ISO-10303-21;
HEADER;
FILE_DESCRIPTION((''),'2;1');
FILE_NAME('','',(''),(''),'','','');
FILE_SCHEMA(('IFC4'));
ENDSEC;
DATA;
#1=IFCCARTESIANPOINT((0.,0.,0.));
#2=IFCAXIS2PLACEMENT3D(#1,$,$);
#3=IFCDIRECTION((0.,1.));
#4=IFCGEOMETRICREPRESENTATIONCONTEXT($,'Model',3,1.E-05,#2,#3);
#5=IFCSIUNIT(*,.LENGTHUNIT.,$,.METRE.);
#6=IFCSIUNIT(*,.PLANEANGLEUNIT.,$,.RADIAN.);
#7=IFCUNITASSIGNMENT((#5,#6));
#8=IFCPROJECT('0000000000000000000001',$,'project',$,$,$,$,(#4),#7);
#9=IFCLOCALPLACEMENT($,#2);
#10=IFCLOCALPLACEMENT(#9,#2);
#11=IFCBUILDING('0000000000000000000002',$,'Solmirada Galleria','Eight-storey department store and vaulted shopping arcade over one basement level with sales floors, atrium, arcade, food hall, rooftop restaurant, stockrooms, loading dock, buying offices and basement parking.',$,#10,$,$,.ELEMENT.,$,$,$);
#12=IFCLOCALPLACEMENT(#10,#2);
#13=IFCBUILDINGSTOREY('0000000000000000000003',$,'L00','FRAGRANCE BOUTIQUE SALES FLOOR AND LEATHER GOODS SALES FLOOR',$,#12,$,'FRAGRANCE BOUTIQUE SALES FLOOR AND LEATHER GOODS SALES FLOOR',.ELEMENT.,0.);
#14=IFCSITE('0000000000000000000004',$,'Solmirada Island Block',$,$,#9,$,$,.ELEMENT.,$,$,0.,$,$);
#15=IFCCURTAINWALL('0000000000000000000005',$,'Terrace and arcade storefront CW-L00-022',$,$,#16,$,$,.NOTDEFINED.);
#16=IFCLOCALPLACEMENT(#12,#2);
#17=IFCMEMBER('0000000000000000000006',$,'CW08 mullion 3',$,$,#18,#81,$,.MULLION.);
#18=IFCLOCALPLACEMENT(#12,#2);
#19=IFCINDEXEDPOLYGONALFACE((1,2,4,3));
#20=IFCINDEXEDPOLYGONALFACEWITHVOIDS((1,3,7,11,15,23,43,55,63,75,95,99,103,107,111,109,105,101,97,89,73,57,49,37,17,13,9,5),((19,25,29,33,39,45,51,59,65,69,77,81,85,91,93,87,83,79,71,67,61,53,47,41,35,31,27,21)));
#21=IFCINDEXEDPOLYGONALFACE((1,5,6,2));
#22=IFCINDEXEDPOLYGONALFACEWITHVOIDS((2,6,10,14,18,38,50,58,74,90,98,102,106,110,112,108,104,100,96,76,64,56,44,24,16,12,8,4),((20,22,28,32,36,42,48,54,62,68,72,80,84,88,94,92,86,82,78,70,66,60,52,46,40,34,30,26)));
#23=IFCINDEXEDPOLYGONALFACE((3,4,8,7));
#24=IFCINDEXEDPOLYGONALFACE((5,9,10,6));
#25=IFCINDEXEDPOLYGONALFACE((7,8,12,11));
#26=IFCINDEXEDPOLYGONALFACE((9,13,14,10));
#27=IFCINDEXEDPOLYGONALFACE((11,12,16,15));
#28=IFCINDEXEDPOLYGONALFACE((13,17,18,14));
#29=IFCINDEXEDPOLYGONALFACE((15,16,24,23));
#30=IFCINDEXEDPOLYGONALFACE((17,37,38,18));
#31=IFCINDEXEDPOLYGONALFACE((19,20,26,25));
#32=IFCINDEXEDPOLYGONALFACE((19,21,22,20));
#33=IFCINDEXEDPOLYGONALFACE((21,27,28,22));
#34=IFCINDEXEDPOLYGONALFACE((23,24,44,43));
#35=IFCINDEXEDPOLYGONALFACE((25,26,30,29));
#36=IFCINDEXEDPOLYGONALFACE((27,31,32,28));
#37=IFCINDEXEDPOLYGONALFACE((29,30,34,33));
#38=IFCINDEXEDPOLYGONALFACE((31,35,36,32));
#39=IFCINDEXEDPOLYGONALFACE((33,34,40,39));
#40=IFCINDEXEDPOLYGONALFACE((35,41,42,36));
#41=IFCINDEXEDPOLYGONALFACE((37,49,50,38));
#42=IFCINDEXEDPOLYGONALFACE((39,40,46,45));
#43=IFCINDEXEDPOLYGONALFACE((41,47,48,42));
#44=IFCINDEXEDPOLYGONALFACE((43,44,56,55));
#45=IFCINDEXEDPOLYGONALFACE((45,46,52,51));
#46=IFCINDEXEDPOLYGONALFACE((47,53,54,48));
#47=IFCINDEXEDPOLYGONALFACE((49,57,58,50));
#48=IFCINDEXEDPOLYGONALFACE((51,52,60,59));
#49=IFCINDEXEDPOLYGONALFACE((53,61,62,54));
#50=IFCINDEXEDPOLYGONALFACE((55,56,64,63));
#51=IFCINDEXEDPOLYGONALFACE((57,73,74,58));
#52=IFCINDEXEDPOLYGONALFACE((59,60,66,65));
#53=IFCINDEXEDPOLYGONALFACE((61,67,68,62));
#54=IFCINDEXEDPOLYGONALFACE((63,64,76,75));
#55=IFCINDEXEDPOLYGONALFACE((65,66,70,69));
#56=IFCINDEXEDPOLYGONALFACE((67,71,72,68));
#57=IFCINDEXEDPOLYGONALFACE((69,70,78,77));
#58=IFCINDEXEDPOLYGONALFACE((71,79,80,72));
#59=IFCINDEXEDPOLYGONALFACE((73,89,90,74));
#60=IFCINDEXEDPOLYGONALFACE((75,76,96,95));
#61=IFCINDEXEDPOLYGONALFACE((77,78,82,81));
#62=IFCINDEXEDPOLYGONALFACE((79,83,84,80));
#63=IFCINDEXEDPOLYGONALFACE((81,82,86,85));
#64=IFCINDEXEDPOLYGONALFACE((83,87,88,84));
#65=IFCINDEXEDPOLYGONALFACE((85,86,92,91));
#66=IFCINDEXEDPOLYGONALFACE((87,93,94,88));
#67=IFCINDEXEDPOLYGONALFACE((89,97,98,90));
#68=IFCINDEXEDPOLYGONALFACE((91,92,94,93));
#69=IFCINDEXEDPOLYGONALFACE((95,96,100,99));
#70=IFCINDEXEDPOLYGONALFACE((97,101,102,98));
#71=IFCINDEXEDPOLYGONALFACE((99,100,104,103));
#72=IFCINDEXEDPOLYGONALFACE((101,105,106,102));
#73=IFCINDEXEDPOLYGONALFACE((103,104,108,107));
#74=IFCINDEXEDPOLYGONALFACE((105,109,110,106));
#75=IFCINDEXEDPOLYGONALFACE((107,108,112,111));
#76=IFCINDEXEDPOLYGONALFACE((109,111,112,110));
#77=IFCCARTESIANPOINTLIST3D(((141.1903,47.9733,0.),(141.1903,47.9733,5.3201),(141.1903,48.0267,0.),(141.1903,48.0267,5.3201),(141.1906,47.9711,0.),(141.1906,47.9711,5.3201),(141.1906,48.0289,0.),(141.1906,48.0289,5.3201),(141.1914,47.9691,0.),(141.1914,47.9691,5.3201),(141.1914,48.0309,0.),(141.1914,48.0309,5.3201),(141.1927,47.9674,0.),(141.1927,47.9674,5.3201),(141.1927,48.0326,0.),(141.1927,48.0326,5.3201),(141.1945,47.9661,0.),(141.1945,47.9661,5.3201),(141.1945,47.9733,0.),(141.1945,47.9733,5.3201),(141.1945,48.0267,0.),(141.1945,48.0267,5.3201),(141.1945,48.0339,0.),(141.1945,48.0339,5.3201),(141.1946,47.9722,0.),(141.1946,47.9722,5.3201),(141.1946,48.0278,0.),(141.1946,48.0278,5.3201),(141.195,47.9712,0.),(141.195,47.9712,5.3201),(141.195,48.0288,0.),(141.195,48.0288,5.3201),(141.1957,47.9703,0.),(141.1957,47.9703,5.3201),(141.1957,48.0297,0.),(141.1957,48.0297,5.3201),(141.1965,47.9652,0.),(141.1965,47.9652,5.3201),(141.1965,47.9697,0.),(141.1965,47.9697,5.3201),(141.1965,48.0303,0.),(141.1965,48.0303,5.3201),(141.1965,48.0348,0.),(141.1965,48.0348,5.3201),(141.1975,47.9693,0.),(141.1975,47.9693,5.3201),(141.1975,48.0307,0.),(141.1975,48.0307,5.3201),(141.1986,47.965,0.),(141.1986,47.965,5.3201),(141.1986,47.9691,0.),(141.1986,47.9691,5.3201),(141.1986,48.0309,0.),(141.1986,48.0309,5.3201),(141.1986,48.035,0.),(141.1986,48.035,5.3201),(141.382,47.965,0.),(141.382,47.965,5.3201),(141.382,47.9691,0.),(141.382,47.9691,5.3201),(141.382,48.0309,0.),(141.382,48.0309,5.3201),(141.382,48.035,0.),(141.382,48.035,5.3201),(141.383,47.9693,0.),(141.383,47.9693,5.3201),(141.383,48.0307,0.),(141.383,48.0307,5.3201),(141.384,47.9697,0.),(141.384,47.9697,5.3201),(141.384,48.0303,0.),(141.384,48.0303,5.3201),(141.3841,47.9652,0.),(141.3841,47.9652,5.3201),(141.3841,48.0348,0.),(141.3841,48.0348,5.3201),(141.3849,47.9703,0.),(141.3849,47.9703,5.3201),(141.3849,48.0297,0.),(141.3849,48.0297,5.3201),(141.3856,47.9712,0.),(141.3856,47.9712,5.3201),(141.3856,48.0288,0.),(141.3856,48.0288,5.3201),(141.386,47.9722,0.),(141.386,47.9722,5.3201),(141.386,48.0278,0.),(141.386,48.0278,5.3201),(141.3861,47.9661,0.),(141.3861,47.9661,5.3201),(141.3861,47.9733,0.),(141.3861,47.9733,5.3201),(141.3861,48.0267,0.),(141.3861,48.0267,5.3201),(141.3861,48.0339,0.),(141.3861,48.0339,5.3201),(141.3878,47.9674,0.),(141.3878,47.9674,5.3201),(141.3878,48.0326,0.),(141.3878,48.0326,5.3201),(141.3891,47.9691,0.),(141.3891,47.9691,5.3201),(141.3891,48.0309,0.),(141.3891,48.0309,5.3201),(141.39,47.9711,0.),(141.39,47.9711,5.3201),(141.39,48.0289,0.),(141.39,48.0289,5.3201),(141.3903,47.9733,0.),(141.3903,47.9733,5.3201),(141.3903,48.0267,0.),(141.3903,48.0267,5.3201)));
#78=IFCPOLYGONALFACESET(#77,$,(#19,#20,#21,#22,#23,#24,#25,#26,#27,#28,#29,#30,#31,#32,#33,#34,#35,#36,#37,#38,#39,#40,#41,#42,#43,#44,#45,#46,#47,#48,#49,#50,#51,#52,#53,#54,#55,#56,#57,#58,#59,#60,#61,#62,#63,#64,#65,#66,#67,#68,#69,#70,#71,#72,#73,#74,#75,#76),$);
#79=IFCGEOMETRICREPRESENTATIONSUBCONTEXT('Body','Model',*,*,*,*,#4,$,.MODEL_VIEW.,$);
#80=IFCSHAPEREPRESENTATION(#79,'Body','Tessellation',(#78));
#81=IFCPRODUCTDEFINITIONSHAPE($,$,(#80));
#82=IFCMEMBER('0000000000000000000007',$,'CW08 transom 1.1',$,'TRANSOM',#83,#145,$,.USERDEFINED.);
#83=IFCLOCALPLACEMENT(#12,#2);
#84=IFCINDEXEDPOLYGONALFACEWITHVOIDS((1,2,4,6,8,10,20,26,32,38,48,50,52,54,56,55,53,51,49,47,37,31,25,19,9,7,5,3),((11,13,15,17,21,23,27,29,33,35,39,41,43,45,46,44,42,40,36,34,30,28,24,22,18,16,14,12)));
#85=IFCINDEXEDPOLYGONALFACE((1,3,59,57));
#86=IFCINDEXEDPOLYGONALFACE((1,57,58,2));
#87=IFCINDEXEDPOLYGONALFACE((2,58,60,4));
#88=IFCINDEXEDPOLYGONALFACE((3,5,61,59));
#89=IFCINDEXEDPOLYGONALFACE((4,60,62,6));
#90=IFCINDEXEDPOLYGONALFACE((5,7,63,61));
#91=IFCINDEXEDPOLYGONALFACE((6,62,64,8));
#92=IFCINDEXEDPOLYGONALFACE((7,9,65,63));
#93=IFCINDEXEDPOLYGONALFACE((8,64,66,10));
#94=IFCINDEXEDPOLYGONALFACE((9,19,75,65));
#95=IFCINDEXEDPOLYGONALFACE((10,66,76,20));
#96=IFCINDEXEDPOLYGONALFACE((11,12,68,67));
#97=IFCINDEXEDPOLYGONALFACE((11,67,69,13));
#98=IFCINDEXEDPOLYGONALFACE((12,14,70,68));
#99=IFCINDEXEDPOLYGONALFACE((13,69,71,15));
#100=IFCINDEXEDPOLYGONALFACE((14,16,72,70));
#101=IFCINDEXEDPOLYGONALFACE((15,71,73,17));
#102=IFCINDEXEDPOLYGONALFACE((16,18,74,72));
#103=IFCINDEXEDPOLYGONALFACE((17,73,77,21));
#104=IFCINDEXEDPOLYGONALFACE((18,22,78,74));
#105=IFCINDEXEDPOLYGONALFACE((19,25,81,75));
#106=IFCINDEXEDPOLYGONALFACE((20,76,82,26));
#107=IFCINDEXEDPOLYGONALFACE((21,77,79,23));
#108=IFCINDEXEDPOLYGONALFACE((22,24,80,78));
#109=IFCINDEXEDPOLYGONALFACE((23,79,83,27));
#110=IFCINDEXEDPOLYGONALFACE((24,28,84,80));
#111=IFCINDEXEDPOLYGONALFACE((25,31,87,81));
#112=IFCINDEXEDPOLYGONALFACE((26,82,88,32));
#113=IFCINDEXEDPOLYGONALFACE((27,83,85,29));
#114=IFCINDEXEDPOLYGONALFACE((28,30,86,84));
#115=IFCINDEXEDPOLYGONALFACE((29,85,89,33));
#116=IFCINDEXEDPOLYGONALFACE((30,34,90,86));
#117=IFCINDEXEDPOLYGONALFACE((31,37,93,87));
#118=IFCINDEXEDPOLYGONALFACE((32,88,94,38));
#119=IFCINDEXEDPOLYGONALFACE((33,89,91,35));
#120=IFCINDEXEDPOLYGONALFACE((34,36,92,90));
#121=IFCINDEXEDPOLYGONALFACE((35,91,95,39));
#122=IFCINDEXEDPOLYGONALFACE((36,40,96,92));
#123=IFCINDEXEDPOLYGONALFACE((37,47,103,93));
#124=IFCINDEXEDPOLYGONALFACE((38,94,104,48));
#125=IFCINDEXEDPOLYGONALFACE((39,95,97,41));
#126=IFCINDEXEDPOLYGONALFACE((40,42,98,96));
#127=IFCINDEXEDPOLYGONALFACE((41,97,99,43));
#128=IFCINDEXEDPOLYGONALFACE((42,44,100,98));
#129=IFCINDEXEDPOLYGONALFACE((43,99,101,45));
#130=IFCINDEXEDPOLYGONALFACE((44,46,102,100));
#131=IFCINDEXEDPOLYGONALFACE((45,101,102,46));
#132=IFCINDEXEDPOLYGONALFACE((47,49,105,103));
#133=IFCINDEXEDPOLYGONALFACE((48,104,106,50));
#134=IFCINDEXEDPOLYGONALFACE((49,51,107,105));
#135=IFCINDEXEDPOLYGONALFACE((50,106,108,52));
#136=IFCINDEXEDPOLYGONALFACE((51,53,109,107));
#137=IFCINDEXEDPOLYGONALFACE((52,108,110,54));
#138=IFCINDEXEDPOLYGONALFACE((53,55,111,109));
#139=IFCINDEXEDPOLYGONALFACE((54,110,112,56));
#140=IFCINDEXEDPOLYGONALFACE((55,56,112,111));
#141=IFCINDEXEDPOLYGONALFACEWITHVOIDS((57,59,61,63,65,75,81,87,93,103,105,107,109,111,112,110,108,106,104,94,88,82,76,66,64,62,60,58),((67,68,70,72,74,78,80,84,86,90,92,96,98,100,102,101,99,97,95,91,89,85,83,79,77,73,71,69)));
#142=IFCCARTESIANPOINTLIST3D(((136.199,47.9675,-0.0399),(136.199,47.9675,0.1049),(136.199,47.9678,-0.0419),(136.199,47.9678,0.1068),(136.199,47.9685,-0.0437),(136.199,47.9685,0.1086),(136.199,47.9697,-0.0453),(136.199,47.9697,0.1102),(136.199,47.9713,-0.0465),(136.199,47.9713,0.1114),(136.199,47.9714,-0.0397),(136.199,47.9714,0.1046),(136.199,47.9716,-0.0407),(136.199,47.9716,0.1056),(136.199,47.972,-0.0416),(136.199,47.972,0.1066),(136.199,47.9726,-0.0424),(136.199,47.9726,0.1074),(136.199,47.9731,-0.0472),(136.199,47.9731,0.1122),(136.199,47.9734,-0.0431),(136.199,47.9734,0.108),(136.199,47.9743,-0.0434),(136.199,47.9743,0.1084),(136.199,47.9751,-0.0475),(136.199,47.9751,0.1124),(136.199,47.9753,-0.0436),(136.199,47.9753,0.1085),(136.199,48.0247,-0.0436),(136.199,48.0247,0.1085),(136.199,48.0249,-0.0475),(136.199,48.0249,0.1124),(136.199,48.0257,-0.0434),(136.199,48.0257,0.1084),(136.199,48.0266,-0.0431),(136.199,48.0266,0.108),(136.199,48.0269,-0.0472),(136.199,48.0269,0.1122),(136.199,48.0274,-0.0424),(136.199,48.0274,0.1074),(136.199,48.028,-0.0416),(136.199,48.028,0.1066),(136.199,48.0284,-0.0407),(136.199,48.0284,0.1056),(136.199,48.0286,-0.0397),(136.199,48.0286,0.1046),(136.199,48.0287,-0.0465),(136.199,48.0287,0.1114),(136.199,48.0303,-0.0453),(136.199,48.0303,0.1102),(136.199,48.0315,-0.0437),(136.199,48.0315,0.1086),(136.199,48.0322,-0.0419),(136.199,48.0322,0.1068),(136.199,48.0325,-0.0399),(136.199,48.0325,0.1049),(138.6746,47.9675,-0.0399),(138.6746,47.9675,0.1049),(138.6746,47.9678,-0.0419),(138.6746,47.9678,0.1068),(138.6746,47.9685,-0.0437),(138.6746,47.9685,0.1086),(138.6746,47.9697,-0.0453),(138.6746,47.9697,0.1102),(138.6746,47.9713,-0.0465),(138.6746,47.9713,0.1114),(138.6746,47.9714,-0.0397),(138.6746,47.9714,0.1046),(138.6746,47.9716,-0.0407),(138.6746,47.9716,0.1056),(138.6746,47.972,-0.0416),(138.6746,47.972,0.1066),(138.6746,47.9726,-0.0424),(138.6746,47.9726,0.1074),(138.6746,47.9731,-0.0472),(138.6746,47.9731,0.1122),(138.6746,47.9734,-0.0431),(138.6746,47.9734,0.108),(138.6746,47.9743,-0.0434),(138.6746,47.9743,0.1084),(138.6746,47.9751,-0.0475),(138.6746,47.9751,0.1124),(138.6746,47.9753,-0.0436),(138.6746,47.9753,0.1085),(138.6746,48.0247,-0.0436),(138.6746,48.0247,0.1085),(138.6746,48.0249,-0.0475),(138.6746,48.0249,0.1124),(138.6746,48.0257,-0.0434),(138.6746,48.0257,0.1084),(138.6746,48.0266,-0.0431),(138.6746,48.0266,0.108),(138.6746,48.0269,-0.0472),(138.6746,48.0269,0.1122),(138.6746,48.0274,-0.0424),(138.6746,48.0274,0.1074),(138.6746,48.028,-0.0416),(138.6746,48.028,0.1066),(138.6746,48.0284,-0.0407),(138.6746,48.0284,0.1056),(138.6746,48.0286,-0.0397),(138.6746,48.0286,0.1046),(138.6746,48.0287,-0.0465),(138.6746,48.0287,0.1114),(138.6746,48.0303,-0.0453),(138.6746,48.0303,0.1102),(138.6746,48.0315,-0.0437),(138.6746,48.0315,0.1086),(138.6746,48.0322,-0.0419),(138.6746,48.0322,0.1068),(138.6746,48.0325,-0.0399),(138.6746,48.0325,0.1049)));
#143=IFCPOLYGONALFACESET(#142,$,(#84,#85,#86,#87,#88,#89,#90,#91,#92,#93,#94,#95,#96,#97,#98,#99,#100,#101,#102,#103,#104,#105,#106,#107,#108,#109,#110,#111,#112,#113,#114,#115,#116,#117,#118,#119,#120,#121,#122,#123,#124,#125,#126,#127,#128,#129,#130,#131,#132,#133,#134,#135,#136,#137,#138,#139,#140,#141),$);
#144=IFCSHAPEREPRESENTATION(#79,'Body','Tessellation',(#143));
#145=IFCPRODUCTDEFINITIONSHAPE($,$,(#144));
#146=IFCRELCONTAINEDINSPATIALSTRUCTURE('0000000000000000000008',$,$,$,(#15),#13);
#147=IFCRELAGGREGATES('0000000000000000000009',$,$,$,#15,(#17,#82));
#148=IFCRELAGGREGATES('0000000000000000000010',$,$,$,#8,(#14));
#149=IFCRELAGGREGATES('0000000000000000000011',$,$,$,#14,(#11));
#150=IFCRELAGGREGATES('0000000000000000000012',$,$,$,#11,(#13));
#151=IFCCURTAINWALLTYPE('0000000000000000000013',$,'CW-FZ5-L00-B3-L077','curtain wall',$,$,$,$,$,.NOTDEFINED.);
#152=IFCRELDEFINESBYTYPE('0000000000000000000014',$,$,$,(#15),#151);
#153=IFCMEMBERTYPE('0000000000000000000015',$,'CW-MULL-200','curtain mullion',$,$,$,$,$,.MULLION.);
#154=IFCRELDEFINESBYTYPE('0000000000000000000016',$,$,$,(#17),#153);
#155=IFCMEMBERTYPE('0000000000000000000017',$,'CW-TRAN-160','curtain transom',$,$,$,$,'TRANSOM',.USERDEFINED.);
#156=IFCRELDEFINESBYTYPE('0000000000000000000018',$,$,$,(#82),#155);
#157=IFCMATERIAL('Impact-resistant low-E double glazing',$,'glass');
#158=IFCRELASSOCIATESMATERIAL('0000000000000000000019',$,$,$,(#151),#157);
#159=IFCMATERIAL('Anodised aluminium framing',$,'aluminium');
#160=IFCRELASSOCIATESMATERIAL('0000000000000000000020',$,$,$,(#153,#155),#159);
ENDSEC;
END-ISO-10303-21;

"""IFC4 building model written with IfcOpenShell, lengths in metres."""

from ifc_helpers import new_model, si_unit, direction, frame, origin, origin_2d, place, context, subcontext, project, spatial, hollow_rectangle, extrude, material, material_profile, profile_set, type_object, element, aggregate, save


model = new_model("IFC4")

# Units and contexts
model_context = context("Model", 3, precision=1e-05, world=origin(), true_north=direction((0.0, 1.0)))
body_context = subcontext(model_context, "Body", "Model", "MODEL_VIEW")
ifc_project = project(units=[si_unit("LENGTHUNIT", "METRE"), si_unit("PLANEANGLEUNIT", "RADIAN")], contexts=[model_context])

# Site, building, storey
site_placement = place(None, origin())
site = spatial("IfcSite", under=ifc_project, at=site_placement, Name="Solmirada Island Block", CompositionType="ELEMENT", RefElevation=0.0)
building_placement = place(site_placement, origin())
building = spatial("IfcBuilding", under=site, at=building_placement, Name="Solmirada Galleria", Description="Eight-storey department store and vaulted shopping arcade over one basement level with sales floors, atrium, arcade, food hall, rooftop restaurant, stockrooms, loading dock, buying offices and basement parking.", CompositionType="ELEMENT")
storey_placement = place(building_placement, origin())
storey = spatial("IfcBuildingStorey", under=building, at=storey_placement, Name="L00", Description="FRAGRANCE BOUTIQUE SALES FLOOR AND LEATHER GOODS SALES FLOOR", LongName="FRAGRANCE BOUTIQUE SALES FLOOR AND LEATHER GOODS SALES FLOOR", CompositionType="ELEMENT", Elevation=0.0)

# Curtain wall, members
ifc_material_1 = material(Name="Impact-resistant low-E double glazing", Category="glass")
curtain_wall_type = type_object("IfcCurtainWallType", Name="CW-FZ5-L00-B3-L077", Description="curtain wall", PredefinedType="NOTDEFINED", material=ifc_material_1)
curtain_wall_placement = place(storey_placement, origin())
curtain_wall = element("IfcCurtainWall", 1, at=curtain_wall_placement, inside=storey, type_object=curtain_wall_type, Name="Terrace and arcade storefront CW-L00-022", PredefinedType="NOTDEFINED")
ifc_material_2 = material(Name="Anodised aluminium framing", Category="aluminium")
ifc_material_profile_1 = material_profile(ifc_material_2, hollow_rectangle(XDim=0.0701, YDim=0.2, WallThickness=0.0042, InnerFilletRadius=0.0042, OuterFilletRadius=0.0083, at=origin_2d()), Name="ALU-MULL-200X70")
ifc_profile_set_1 = profile_set([ifc_material_profile_1], Name="Anodised aluminium framing")
member_type_1 = type_object("IfcMemberType", Name="CW-MULL-200", Description="curtain mullion", PredefinedType="MULLION", material=ifc_profile_set_1)
member_1_placement = place(storey_placement, frame((141.2903, 48.0, 0.0), z_axis=(0.0, 0.0, 1.0), x_axis=(0.0, 1.0, 0.0)))
member_1 = element("IfcMember", 2, at=member_1_placement, type_object=member_type_1, Name="CW08 mullion 3", PredefinedType="MULLION", context=body_context, shape_type="SweptSolid", body=[
    extrude(hollow_rectangle(XDim=0.0701, YDim=0.2, WallThickness=0.0042, InnerFilletRadius=0.0042, OuterFilletRadius=0.0083, at=origin_2d()), origin(), (0.0, 0.0, 1.0), 5.3201),
])
ifc_material_profile_2 = material_profile(ifc_material_2, hollow_rectangle(XDim=0.0649, YDim=0.1599, WallThickness=0.0039, InnerFilletRadius=0.0039, OuterFilletRadius=0.0076, at=origin_2d()), Name="ALU-TRAN-160X65")
ifc_profile_set_2 = profile_set([ifc_material_profile_2], Name="Anodised aluminium framing")
member_type_2 = type_object("IfcMemberType", Name="CW-TRAN-160", Description="curtain transom", ElementType="TRANSOM", PredefinedType="USERDEFINED", material=ifc_profile_set_2)
member_2_placement = place(storey_placement, frame((136.199, 48.0, 0.0325), z_axis=(1.0, 0.0, 0.0), x_axis=(0.0, 1.0, 0.0)))
member_2 = element("IfcMember", 3, at=member_2_placement, type_object=member_type_2, Name="CW08 transom 1.1", ObjectType="TRANSOM", PredefinedType="USERDEFINED", context=body_context, shape_type="SweptSolid", body=[
    extrude(hollow_rectangle(XDim=0.0649, YDim=0.1599, WallThickness=0.0039, InnerFilletRadius=0.0039, OuterFilletRadius=0.0076, at=origin_2d()), origin(), (0.0, 0.0, 1.0), 2.4756),
])
aggregate(curtain_wall, [member_1, member_2])

save(model, "model.ifc")
